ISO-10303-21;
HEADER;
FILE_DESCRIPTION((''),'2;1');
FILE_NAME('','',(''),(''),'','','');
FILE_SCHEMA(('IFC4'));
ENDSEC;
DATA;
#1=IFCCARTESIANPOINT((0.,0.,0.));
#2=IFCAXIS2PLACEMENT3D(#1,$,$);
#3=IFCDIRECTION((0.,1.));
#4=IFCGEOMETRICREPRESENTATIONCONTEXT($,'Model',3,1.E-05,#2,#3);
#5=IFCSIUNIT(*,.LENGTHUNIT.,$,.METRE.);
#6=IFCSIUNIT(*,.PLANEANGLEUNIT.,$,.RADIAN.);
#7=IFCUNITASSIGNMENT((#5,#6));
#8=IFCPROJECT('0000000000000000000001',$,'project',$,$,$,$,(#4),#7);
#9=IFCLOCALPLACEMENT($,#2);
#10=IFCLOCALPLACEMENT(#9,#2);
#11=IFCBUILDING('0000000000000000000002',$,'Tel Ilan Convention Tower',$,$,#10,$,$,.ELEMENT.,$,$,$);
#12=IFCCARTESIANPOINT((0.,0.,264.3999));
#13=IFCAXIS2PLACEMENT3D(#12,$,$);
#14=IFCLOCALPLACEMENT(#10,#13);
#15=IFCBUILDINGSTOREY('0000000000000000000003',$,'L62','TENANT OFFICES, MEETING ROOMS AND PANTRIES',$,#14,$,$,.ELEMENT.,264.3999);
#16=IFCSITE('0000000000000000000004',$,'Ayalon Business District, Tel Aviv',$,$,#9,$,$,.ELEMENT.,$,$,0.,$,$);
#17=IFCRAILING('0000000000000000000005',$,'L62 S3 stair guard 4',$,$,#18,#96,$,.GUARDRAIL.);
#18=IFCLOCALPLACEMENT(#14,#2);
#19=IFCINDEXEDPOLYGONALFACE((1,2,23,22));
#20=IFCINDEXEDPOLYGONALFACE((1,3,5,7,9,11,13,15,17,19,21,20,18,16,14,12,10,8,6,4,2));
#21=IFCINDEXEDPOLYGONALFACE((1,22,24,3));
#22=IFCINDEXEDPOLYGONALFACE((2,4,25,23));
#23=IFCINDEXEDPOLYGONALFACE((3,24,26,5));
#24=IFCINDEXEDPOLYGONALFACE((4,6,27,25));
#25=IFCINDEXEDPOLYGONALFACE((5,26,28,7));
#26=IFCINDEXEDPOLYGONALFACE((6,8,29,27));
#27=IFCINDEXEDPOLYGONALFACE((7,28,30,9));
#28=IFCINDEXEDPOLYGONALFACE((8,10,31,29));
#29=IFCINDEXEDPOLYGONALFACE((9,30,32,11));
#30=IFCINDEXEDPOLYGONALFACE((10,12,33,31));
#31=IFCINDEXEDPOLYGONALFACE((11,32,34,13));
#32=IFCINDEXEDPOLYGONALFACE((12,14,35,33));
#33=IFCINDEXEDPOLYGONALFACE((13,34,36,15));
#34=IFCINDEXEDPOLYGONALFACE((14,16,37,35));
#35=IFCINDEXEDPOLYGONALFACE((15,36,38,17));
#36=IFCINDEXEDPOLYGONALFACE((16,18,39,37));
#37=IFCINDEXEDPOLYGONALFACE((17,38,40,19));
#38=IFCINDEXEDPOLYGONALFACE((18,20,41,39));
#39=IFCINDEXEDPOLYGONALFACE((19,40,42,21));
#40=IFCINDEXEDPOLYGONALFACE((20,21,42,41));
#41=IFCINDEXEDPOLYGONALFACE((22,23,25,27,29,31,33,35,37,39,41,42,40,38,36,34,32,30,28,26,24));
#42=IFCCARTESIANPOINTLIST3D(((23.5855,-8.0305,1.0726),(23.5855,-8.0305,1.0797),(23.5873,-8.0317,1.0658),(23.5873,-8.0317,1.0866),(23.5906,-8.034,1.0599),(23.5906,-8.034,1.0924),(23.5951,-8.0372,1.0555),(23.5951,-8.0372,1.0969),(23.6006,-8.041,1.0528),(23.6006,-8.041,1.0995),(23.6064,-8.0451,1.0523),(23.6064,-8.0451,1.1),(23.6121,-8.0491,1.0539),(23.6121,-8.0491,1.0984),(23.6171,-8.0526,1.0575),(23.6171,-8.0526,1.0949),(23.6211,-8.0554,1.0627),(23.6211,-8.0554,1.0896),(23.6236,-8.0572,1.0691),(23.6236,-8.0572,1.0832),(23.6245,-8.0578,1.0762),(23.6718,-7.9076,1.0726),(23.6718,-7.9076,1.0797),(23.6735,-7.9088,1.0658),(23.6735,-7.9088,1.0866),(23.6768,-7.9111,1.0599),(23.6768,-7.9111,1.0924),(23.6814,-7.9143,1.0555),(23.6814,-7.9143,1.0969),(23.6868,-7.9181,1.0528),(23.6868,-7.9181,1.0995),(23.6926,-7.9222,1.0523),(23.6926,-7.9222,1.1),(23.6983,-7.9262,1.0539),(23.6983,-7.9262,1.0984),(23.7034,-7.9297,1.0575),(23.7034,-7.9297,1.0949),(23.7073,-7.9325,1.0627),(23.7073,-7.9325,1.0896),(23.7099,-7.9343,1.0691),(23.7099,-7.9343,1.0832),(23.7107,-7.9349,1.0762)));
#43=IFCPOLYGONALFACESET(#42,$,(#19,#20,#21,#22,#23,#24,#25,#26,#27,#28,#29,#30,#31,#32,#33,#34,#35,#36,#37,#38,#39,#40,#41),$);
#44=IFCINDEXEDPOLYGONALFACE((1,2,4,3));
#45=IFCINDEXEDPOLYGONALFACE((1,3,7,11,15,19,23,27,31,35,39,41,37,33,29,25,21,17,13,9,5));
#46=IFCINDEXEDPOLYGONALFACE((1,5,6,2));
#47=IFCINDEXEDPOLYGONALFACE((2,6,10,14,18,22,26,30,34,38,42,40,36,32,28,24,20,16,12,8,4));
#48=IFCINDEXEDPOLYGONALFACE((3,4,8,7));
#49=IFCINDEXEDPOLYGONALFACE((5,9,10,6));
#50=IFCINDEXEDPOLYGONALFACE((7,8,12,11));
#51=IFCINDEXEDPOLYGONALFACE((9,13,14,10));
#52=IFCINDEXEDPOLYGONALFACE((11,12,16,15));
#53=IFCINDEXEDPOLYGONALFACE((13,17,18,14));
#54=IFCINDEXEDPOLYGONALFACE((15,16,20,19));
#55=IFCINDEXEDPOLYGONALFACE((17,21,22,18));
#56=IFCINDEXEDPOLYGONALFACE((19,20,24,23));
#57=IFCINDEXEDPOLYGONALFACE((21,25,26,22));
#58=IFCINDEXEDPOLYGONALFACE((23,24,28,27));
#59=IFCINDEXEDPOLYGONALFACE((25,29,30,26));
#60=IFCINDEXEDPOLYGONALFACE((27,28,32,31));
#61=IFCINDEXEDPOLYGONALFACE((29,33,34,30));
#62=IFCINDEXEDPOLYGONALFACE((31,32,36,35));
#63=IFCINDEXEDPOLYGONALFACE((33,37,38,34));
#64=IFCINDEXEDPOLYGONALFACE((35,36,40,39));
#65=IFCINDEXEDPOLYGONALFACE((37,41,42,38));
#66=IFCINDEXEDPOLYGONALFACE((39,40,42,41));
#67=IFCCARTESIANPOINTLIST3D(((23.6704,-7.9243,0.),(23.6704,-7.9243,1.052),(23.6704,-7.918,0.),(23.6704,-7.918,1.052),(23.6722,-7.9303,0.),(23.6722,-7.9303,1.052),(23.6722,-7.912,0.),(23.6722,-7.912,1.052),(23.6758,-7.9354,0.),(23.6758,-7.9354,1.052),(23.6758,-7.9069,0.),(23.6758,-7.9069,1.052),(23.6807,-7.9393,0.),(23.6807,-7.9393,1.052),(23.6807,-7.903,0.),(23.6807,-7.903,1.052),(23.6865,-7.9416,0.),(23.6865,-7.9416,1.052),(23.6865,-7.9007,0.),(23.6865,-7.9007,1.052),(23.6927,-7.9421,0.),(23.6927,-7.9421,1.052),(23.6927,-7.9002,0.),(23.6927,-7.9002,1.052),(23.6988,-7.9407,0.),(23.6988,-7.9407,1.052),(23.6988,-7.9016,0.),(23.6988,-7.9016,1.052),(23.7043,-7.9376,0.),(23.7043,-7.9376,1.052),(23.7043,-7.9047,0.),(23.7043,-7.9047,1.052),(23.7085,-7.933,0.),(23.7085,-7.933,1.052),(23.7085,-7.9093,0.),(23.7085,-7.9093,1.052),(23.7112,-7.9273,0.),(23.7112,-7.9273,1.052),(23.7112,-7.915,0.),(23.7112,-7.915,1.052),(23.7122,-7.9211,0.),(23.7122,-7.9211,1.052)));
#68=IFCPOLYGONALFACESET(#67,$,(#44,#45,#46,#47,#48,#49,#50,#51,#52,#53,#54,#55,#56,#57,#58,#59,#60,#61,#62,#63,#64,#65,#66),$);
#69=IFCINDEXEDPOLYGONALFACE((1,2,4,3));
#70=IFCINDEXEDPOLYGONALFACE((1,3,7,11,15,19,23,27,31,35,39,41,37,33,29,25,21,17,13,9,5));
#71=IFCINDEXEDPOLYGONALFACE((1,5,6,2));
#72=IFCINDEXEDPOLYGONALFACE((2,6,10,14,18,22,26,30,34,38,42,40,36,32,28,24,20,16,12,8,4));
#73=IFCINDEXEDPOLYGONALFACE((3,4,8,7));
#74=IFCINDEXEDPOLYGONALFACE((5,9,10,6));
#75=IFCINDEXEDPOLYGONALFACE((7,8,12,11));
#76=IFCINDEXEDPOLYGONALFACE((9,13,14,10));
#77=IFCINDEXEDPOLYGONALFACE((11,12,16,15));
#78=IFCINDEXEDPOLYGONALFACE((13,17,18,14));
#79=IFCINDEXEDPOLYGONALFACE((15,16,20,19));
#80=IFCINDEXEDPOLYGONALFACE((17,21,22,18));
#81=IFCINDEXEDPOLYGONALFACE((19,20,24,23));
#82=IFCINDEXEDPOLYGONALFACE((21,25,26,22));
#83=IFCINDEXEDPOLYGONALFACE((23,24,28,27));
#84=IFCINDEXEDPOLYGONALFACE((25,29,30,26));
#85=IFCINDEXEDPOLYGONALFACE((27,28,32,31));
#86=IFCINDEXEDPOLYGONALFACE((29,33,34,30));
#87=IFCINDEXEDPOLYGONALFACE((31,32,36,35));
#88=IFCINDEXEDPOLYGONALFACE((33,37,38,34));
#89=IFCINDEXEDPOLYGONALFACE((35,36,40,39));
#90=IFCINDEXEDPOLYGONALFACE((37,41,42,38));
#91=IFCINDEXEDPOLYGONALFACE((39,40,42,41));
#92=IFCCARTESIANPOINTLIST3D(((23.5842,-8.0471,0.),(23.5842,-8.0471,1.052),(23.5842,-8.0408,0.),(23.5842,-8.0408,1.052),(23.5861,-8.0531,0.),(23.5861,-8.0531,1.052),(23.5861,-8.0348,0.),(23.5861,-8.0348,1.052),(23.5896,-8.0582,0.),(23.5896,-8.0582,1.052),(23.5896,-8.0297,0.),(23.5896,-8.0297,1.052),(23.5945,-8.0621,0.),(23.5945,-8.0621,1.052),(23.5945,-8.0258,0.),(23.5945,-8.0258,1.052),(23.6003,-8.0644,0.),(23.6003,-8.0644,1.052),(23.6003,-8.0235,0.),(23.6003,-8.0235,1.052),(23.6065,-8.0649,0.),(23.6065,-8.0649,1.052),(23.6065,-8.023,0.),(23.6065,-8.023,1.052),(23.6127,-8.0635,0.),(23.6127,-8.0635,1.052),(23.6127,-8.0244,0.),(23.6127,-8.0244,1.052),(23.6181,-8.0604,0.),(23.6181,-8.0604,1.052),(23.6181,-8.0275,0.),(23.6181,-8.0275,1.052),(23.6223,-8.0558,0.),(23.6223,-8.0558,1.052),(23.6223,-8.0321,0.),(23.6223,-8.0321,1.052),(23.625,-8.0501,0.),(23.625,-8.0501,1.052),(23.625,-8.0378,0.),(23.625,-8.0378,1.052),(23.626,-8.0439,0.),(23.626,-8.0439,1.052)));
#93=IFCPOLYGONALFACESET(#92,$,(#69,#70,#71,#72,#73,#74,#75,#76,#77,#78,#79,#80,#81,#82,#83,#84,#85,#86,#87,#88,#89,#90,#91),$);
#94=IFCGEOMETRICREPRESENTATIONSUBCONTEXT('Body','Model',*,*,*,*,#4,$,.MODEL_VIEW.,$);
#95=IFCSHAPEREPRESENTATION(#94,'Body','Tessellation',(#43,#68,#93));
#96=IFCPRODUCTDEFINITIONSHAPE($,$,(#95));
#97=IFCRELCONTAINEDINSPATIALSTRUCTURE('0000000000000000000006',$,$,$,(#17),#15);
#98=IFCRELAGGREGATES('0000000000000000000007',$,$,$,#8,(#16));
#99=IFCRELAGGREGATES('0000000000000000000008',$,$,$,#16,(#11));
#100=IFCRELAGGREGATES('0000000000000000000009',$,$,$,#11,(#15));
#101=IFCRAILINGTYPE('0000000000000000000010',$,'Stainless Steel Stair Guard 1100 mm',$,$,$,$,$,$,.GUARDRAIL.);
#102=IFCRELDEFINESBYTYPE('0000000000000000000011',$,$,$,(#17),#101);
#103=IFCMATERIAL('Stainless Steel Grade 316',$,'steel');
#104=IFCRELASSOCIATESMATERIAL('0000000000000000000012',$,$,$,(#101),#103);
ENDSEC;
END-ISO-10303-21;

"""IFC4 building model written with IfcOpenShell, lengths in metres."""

from ifc_helpers import new_model, si_unit, direction, frame, origin, origin_2d, place, context, subcontext, project, spatial, circle, extrude, material, type_object, element, save


model = new_model("IFC4")

# Units and contexts
model_context = context("Model", 3, precision=1e-05, world=origin(), true_north=direction((0.0, 1.0)))
body_context = subcontext(model_context, "Body", "Model", "MODEL_VIEW")
ifc_project = project(units=[si_unit("LENGTHUNIT", "METRE"), si_unit("PLANEANGLEUNIT", "RADIAN")], contexts=[model_context])

# Site, building, storey
site_placement = place(None, origin())
site = spatial("IfcSite", under=ifc_project, at=site_placement, Name="Ayalon Business District, Tel Aviv", CompositionType="ELEMENT", RefElevation=0.0)
building_placement = place(site_placement, origin())
building = spatial("IfcBuilding", under=site, at=building_placement, Name="Tel Ilan Convention Tower", CompositionType="ELEMENT")
storey_placement = place(building_placement, frame((0.0, 0.0, 264.3999)))
storey = spatial("IfcBuildingStorey", under=building, at=storey_placement, Name="L62", Description="TENANT OFFICES, MEETING ROOMS AND PANTRIES", CompositionType="ELEMENT", Elevation=264.3999)

# Railing
ifc_material_1 = material(Name="Stainless Steel Grade 316", Category="steel")
railing_type_1 = type_object("IfcRailingType", Name="Stainless Steel Stair Guard 1100 mm", PredefinedType="GUARDRAIL", material=ifc_material_1)
railing_1_placement = place(storey_placement, frame((23.6912, -7.9211, 0.0)))
element("IfcRailing", 1, at=railing_1_placement, inside=storey, type_object=railing_type_1, Name="L62 S3 stair guard 4", PredefinedType="GUARDRAIL", context=body_context, shape_type="SweptSolid", body=[
    extrude(circle(Radius=0.0239, at=origin_2d()), frame((0.0, 0.0, 1.0762), z_axis=(-0.574445, -0.818543, 0.0), x_axis=(0.818543, -0.574445, 0.0)), (0.0, 0.0, 1.0), 0.1501),
    extrude(circle(Radius=0.021, at=origin_2d()), origin(), (0.0, 0.0, 1.0), 1.052),
    extrude(circle(Radius=0.021, at=origin_2d()), frame((-0.0862, -0.1228, 0.0)), (0.0, 0.0, 1.0), 1.052),
])

save(model, "model.ifc")
